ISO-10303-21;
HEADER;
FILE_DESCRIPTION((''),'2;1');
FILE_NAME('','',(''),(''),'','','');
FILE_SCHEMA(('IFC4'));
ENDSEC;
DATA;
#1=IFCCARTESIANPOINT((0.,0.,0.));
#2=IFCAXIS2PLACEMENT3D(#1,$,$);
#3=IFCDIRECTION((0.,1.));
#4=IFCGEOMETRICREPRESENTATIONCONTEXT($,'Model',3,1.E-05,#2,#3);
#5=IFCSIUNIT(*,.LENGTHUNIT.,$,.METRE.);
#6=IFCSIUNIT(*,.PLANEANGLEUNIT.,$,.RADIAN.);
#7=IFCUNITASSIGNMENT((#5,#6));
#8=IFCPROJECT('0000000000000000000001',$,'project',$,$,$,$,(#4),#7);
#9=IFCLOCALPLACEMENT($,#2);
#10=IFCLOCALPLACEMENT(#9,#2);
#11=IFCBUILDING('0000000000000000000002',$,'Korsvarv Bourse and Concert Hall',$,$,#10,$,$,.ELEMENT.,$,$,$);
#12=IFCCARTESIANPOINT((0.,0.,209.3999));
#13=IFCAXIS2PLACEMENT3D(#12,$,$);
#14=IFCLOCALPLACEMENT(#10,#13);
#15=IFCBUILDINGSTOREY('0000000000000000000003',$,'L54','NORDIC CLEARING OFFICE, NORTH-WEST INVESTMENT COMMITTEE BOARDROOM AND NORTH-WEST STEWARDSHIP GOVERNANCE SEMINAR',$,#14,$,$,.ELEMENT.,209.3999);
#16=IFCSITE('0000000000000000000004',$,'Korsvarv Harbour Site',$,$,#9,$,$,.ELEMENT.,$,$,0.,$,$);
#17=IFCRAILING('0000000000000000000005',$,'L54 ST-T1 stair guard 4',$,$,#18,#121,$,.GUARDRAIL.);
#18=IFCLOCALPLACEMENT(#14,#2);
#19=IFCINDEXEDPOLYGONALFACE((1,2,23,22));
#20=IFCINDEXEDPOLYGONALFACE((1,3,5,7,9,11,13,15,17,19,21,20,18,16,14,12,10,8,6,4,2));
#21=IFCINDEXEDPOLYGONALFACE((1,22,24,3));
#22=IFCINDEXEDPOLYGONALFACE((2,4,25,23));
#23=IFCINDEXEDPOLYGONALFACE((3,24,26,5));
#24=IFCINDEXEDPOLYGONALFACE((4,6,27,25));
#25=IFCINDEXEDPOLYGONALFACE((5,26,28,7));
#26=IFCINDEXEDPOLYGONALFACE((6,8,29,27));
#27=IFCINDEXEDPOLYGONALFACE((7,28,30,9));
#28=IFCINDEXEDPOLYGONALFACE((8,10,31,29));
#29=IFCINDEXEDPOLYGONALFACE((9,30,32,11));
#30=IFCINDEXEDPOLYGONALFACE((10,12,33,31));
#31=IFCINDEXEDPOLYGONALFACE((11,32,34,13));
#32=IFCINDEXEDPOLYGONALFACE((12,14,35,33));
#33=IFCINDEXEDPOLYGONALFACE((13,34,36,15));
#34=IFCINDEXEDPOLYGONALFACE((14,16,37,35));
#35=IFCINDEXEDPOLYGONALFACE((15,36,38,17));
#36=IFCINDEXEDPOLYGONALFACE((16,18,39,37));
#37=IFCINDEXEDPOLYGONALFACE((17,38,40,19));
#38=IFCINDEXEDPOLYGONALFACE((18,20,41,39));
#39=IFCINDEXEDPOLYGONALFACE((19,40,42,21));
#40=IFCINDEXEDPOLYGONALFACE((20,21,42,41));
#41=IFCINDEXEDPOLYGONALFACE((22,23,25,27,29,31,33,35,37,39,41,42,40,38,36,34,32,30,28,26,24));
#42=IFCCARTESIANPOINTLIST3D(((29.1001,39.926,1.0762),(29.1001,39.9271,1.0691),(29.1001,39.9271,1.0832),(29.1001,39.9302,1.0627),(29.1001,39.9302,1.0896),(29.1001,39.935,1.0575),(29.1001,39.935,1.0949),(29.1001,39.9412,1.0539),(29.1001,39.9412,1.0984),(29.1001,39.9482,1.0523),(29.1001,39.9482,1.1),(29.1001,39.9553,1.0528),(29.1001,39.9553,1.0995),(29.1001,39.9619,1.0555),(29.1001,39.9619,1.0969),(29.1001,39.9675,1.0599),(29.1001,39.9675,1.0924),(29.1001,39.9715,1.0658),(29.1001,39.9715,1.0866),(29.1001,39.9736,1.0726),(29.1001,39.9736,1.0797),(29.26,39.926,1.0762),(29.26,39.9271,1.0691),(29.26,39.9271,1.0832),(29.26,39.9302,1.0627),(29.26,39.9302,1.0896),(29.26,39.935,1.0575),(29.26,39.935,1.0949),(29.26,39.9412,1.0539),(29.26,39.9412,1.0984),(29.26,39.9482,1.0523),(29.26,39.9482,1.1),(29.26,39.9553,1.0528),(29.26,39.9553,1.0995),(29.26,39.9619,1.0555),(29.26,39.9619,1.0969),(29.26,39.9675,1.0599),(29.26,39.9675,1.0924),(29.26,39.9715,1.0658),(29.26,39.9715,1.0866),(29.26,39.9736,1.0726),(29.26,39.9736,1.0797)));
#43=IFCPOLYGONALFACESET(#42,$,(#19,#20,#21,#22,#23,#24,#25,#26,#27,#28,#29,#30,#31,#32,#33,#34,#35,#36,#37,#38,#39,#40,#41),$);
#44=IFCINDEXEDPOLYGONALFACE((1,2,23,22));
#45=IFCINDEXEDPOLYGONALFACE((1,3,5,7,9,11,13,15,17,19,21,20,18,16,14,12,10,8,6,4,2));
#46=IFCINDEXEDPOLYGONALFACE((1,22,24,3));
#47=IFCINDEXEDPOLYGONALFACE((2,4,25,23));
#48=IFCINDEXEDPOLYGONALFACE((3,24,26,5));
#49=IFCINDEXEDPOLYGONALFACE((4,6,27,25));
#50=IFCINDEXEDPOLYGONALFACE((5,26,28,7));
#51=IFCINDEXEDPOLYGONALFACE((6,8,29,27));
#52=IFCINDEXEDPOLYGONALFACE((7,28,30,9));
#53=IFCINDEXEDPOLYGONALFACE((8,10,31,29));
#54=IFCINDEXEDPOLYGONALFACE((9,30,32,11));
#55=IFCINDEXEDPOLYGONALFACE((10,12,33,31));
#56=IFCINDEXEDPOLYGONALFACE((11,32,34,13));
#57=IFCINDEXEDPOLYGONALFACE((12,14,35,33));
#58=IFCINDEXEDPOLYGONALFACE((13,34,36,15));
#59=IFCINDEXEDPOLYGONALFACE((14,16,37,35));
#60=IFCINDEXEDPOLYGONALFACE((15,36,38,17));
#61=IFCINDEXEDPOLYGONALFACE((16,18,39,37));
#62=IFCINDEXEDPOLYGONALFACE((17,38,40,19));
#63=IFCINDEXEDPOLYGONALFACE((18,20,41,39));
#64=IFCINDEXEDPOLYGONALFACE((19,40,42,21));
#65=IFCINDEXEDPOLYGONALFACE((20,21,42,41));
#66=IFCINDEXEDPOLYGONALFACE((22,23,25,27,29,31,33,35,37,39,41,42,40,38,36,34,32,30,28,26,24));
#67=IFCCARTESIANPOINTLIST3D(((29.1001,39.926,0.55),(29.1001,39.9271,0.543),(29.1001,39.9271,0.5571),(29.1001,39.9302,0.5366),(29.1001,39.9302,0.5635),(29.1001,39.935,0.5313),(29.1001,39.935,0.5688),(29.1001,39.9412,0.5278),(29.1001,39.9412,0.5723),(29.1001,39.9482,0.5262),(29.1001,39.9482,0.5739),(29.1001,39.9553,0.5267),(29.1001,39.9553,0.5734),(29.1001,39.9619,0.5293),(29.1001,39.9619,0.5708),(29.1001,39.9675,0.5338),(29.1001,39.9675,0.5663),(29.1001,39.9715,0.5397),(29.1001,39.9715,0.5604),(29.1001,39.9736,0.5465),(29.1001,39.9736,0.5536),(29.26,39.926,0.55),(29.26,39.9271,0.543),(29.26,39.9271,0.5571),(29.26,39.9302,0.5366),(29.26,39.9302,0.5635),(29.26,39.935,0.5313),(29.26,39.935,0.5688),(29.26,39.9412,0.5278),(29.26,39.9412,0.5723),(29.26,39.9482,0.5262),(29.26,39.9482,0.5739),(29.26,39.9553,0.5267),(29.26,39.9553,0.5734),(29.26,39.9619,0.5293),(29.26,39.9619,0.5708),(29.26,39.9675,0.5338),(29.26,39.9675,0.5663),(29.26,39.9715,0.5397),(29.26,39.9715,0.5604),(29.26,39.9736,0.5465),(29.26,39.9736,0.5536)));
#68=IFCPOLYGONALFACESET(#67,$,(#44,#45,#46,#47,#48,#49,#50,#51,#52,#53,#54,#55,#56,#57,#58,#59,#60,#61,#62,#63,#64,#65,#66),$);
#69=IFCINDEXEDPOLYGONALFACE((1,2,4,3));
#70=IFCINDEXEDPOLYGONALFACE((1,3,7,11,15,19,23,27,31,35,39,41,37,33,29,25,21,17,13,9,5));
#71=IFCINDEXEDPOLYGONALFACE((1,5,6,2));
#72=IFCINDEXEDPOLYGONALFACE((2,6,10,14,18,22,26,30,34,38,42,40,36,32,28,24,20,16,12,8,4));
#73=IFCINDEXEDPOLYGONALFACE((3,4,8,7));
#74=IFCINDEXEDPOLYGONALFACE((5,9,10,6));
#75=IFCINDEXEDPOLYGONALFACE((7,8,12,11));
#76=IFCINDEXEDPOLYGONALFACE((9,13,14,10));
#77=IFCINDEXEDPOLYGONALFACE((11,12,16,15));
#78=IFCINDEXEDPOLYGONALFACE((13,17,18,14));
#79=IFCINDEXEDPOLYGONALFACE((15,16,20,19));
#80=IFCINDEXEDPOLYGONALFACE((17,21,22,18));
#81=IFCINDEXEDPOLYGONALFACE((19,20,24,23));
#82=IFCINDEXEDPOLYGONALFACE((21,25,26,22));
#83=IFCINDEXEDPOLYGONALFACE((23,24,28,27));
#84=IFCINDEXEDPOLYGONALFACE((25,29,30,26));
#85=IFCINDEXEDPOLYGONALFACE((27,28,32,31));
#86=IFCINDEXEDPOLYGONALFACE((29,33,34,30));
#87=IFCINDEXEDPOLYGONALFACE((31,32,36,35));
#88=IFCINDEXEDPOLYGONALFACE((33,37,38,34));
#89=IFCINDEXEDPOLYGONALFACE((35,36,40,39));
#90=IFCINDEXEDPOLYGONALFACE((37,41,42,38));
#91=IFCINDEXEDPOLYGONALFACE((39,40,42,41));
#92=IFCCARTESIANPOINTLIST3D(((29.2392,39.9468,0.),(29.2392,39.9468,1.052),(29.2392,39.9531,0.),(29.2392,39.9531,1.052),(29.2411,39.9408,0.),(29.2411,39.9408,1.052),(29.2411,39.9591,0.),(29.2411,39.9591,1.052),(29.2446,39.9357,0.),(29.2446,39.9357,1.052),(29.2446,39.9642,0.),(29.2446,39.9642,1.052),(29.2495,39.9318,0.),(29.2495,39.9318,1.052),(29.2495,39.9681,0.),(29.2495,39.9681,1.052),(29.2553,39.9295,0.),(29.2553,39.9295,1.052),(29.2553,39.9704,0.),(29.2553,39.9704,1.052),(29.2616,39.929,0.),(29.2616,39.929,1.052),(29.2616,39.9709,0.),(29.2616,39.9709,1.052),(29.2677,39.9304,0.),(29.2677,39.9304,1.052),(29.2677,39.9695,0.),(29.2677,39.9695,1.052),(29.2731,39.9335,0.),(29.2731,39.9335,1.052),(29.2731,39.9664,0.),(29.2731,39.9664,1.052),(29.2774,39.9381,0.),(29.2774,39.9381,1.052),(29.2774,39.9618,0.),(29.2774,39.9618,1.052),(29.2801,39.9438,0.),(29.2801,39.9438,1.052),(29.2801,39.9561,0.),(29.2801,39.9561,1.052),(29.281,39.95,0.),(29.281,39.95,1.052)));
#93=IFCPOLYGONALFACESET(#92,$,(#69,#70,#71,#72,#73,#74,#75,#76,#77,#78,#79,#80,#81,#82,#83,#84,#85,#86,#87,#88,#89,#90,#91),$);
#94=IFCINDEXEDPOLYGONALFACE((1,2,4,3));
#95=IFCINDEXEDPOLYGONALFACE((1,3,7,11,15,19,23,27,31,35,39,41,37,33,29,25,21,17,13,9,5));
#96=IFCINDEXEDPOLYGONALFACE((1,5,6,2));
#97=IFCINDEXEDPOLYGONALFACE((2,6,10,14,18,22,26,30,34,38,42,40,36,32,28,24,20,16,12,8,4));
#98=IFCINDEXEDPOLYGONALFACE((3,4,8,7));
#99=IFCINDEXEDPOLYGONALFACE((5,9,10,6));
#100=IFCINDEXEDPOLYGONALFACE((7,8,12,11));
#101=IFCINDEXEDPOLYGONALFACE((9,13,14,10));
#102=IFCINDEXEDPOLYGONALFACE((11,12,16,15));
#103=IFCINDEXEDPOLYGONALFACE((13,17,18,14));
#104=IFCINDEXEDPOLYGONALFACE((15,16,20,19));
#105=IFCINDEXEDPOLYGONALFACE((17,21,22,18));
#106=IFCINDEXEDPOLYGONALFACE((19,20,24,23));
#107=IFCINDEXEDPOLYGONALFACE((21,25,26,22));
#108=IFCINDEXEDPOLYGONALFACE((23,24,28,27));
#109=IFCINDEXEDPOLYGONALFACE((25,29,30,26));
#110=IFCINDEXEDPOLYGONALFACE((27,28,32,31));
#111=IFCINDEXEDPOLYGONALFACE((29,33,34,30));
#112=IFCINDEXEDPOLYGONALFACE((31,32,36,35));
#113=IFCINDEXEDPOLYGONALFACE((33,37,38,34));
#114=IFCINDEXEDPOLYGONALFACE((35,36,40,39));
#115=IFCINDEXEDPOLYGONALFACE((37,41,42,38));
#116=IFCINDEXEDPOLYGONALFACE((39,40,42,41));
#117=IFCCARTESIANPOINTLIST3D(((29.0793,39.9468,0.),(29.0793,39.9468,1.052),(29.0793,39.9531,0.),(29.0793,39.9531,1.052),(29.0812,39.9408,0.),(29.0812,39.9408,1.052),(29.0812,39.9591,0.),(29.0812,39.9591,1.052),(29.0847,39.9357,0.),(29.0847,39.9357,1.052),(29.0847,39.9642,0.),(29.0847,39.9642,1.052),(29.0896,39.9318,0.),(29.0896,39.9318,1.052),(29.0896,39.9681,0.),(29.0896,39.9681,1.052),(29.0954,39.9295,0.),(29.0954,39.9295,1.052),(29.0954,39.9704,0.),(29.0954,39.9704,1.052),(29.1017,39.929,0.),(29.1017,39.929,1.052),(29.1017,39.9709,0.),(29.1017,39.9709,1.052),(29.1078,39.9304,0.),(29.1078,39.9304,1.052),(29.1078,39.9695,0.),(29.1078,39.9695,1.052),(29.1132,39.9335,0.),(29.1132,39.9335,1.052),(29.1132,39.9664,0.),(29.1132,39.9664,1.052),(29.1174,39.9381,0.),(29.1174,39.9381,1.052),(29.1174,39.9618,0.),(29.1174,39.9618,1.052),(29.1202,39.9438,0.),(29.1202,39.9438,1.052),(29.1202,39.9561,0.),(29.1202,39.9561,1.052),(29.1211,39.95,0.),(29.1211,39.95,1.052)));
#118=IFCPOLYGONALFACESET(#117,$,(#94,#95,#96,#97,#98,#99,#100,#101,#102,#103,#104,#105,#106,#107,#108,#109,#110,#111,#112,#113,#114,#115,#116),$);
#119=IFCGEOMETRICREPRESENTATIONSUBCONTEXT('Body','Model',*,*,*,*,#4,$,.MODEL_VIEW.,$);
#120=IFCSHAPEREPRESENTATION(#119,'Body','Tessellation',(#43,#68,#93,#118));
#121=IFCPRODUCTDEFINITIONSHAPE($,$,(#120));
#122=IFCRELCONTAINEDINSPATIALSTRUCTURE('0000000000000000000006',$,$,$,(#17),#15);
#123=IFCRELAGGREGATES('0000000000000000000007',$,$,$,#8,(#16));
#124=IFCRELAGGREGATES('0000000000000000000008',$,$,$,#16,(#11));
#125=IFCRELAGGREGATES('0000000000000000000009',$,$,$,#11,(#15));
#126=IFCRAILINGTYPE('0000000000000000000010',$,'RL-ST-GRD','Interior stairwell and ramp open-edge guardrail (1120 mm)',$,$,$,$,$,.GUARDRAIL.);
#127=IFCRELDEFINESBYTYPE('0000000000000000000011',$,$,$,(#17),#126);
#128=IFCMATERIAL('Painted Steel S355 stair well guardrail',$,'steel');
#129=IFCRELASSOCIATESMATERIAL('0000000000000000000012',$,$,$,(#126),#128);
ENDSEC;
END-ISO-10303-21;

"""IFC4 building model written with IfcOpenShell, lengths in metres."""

from ifc_helpers import new_model, si_unit, direction, frame, origin, origin_2d, place, context, subcontext, project, spatial, circle, extrude, material, type_object, element, save


model = new_model("IFC4")

# Units and contexts
model_context = context("Model", 3, precision=1e-05, world=origin(), true_north=direction((0.0, 1.0)))
body_context = subcontext(model_context, "Body", "Model", "MODEL_VIEW")
ifc_project = project(units=[si_unit("LENGTHUNIT", "METRE"), si_unit("PLANEANGLEUNIT", "RADIAN")], contexts=[model_context])

# Site, building, storey
site_placement = place(None, origin())
site = spatial("IfcSite", under=ifc_project, at=site_placement, Name="Korsvarv Harbour Site", CompositionType="ELEMENT", RefElevation=0.0)
building_placement = place(site_placement, origin())
building = spatial("IfcBuilding", under=site, at=building_placement, Name="Korsvarv Bourse and Concert Hall", CompositionType="ELEMENT")
storey_placement = place(building_placement, frame((0.0, 0.0, 209.3999)))
storey = spatial("IfcBuildingStorey", under=building, at=storey_placement, Name="L54", Description="NORDIC CLEARING OFFICE, NORTH-WEST INVESTMENT COMMITTEE BOARDROOM AND NORTH-WEST STEWARDSHIP GOVERNANCE SEMINAR", CompositionType="ELEMENT", Elevation=209.3999)

# Railing
ifc_material_1 = material(Name="Painted Steel S355 stair well guardrail", Category="steel")
railing_type_1 = type_object("IfcRailingType", Name="RL-ST-GRD", Description="Interior stairwell and ramp open-edge guardrail (1120 mm)", PredefinedType="GUARDRAIL", material=ifc_material_1)
railing_1_placement = place(storey_placement, frame((29.26, 39.95, 0.0)))
element("IfcRailing", 1, at=railing_1_placement, inside=storey, type_object=railing_type_1, Name="L54 ST-T1 stair guard 4", PredefinedType="GUARDRAIL", context=body_context, shape_type="SweptSolid", body=[
    extrude(circle(Radius=0.0239, at=origin_2d()), frame((0.0, 0.0, 1.0762), z_axis=(-1.0, 0.0, 0.0), x_axis=(0.0, -1.0, 0.0)), (0.0, 0.0, 1.0), 0.1599),
    extrude(circle(Radius=0.0239, at=origin_2d()), frame((0.0, 0.0, 0.55), z_axis=(-1.0, 0.0, 0.0), x_axis=(0.0, -1.0, 0.0)), (0.0, 0.0, 1.0), 0.1599),
    extrude(circle(Radius=0.021, at=origin_2d()), origin(), (0.0, 0.0, 1.0), 1.052),
    extrude(circle(Radius=0.021, at=origin_2d()), frame((-0.1599, 0.0, 0.0)), (0.0, 0.0, 1.0), 1.052),
])

save(model, "model.ifc")
